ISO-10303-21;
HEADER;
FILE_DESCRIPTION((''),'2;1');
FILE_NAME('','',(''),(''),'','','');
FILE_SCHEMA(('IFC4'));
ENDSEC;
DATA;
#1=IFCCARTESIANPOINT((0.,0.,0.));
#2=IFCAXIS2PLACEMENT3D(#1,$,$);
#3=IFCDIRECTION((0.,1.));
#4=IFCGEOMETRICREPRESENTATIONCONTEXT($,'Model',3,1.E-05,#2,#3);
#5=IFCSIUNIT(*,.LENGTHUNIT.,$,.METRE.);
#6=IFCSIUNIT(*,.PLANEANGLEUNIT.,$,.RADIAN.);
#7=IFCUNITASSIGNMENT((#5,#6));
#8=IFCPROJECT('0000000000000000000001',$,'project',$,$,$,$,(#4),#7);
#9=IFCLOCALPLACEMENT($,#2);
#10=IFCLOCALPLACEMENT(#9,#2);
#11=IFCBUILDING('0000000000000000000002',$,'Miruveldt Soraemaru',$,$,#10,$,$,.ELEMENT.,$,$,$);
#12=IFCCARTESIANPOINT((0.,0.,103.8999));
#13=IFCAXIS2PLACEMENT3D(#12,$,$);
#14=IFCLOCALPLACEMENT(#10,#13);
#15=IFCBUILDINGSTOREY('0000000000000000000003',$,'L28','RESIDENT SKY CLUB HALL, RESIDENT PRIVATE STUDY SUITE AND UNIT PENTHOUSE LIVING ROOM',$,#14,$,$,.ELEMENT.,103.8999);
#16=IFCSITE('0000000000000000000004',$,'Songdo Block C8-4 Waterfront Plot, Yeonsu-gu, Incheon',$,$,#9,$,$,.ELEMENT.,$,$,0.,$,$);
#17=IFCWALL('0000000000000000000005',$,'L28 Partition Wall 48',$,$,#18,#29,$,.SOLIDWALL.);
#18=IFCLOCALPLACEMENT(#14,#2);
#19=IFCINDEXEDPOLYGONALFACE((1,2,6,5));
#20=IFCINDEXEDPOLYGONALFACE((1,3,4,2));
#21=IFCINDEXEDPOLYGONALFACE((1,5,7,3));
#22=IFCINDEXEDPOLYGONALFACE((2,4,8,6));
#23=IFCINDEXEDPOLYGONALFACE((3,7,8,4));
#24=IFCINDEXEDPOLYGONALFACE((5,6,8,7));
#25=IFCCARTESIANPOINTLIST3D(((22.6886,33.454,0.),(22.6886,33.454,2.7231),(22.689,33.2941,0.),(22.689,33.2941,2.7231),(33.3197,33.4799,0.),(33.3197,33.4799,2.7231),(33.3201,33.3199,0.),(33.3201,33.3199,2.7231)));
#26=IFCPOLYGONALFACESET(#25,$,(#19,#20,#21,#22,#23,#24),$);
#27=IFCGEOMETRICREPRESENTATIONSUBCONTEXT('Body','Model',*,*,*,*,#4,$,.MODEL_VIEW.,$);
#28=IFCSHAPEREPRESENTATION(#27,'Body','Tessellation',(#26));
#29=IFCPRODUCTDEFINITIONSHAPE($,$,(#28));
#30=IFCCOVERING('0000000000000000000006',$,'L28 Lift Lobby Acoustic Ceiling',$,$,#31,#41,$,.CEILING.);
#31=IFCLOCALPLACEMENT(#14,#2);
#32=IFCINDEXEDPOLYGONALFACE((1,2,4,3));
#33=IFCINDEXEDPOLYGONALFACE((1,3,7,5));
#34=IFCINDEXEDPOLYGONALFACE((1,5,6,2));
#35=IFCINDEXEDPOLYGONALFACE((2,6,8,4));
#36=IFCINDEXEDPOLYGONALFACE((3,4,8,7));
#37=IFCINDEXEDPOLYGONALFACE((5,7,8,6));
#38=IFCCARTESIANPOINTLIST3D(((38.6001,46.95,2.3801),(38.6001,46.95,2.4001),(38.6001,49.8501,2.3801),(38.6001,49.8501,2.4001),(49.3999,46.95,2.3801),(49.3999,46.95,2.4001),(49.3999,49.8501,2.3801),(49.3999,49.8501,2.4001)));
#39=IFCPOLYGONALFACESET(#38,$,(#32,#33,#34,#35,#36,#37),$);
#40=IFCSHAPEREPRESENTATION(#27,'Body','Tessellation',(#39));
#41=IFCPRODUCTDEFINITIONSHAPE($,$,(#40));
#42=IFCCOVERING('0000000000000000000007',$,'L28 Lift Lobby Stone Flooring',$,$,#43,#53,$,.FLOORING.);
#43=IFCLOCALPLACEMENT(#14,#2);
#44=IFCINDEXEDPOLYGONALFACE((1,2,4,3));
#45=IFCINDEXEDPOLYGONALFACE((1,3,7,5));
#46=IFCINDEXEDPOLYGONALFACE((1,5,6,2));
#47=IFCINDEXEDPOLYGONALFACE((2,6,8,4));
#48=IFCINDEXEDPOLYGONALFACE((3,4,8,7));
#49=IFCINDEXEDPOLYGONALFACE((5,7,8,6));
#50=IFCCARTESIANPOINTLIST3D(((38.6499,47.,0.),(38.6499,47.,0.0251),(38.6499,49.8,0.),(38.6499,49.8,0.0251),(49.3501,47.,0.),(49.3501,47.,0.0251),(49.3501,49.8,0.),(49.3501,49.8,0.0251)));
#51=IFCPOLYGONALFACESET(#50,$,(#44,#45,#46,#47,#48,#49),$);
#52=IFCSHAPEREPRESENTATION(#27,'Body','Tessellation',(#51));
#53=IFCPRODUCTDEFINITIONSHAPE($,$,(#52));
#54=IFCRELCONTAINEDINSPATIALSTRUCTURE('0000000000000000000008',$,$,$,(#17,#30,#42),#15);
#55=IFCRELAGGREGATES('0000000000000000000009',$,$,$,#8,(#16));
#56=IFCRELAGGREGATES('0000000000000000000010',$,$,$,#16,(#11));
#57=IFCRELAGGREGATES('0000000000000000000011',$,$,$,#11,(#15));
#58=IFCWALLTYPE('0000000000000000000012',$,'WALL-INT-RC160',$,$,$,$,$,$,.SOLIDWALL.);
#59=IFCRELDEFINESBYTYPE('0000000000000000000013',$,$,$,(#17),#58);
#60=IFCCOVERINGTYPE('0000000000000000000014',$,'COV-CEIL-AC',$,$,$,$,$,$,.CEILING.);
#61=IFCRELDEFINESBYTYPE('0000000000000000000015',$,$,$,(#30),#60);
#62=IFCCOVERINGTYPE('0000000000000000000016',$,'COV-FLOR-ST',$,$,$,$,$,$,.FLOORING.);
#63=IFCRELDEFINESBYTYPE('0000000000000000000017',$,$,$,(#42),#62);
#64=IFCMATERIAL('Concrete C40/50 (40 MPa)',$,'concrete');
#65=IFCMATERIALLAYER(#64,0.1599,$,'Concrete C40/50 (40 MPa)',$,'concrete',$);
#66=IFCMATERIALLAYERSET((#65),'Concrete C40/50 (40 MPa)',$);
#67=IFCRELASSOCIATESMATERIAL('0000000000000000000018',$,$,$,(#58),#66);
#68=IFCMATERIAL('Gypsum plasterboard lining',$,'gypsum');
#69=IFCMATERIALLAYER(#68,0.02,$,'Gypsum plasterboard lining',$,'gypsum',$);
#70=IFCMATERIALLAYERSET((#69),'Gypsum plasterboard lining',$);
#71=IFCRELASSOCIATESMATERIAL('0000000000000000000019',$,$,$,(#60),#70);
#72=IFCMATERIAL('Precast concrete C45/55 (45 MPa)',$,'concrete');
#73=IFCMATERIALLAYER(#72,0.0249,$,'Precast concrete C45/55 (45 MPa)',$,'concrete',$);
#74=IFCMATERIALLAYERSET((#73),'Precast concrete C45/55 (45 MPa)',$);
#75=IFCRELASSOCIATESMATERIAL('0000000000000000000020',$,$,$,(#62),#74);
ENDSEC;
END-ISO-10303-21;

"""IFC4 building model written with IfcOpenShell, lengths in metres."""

from ifc_helpers import new_model, si_unit, direction, frame, frame_2d, origin, place, context, subcontext, project, spatial, polyline, rectangle, outline, extrude, material, layer, layer_set, type_object, element, save


model = new_model("IFC4")

# Units and contexts
model_context = context("Model", 3, precision=1e-05, world=origin(), true_north=direction((0.0, 1.0)))
body_context = subcontext(model_context, "Body", "Model", "MODEL_VIEW")
ifc_project = project(units=[si_unit("LENGTHUNIT", "METRE"), si_unit("PLANEANGLEUNIT", "RADIAN")], contexts=[model_context])

# Site, building, storey
site_placement = place(None, origin())
site = spatial("IfcSite", under=ifc_project, at=site_placement, Name="Songdo Block C8-4 Waterfront Plot, Yeonsu-gu, Incheon", CompositionType="ELEMENT", RefElevation=0.0)
building_placement = place(site_placement, origin())
building = spatial("IfcBuilding", under=site, at=building_placement, Name="Miruveldt Soraemaru", CompositionType="ELEMENT")
storey_placement = place(building_placement, frame((0.0, 0.0, 103.8999)))
storey = spatial("IfcBuildingStorey", under=building, at=storey_placement, Name="L28", Description="RESIDENT SKY CLUB HALL, RESIDENT PRIVATE STUDY SUITE AND UNIT PENTHOUSE LIVING ROOM", CompositionType="ELEMENT", Elevation=103.8999)

# Shared definitions
ifc_material_1 = material(Name="Concrete C40/50 (40 MPa)", Category="concrete")

# Shared definitions
ifc_material_2 = material(Name="Precast concrete C45/55 (45 MPa)", Category="concrete")

# Wall
ifc_material_3 = material(Name="Gypsum plasterboard lining", Category="gypsum")
ifc_layer_1 = layer(ifc_material_1, 0.1599, Name="Concrete C40/50 (40 MPa)", Category="concrete")
ifc_layer_set_1 = layer_set([ifc_layer_1], Name="Concrete C40/50 (40 MPa)")
wall_type_1 = type_object("IfcWallType", Name="WALL-INT-RC160", PredefinedType="SOLIDWALL", material=ifc_layer_set_1)
wall_1_placement = place(storey_placement, frame((22.689, 33.374, 0.0), z_axis=(0.0, 0.0, 1.0), x_axis=(0.999997, 0.002434, 0.0)))
element("IfcWall", 1, at=wall_1_placement, inside=storey, type_object=wall_type_1, Name="L28 Partition Wall 48", PredefinedType="SOLIDWALL", context=body_context, shape_type="SweptSolid", body=[
    extrude(rectangle(XDim=10.6311, YDim=0.1599, at=frame_2d((5.3154, 0.0))), origin(), (0.0, 0.0, 1.0), 2.7231),
])

# Coverings
ifc_layer_2 = layer(ifc_material_3, 0.02, Name="Gypsum plasterboard lining", Category="gypsum")
ifc_layer_set_2 = layer_set([ifc_layer_2], Name="Gypsum plasterboard lining")
covering_type_1 = type_object("IfcCoveringType", Name="COV-CEIL-AC", PredefinedType="CEILING", material=ifc_layer_set_2)
covering_1_placement = place(storey_placement, frame((0.0, 0.0, 2.3801)))
element("IfcCovering", 2, at=covering_1_placement, inside=storey, type_object=covering_type_1, Name="L28 Lift Lobby Acoustic Ceiling", PredefinedType="CEILING", context=body_context, shape_type="SweptSolid", body=[
    extrude(outline(polyline([(38.6001, 46.95), (49.3999, 46.95), (49.3999, 49.8501), (38.6001, 49.8501), (38.6001, 46.95)])), origin(), (0.0, 0.0, 1.0), 0.02),
])
ifc_layer_3 = layer(ifc_material_2, 0.0249, Name="Precast concrete C45/55 (45 MPa)", Category="concrete")
ifc_layer_set_3 = layer_set([ifc_layer_3], Name="Precast concrete C45/55 (45 MPa)")
covering_type_2 = type_object("IfcCoveringType", Name="COV-FLOR-ST", PredefinedType="FLOORING", material=ifc_layer_set_3)
covering_2_placement = place(storey_placement, origin())
element("IfcCovering", 3, at=covering_2_placement, inside=storey, type_object=covering_type_2, Name="L28 Lift Lobby Stone Flooring", PredefinedType="FLOORING", context=body_context, shape_type="SweptSolid", body=[
    extrude(outline(polyline([(38.6499, 47.0), (49.3501, 47.0), (49.3501, 49.8), (38.6499, 49.8), (38.6499, 47.0)])), origin(), (0.0, 0.0, 1.0), 0.0251),
])

save(model, "model.ifc")
